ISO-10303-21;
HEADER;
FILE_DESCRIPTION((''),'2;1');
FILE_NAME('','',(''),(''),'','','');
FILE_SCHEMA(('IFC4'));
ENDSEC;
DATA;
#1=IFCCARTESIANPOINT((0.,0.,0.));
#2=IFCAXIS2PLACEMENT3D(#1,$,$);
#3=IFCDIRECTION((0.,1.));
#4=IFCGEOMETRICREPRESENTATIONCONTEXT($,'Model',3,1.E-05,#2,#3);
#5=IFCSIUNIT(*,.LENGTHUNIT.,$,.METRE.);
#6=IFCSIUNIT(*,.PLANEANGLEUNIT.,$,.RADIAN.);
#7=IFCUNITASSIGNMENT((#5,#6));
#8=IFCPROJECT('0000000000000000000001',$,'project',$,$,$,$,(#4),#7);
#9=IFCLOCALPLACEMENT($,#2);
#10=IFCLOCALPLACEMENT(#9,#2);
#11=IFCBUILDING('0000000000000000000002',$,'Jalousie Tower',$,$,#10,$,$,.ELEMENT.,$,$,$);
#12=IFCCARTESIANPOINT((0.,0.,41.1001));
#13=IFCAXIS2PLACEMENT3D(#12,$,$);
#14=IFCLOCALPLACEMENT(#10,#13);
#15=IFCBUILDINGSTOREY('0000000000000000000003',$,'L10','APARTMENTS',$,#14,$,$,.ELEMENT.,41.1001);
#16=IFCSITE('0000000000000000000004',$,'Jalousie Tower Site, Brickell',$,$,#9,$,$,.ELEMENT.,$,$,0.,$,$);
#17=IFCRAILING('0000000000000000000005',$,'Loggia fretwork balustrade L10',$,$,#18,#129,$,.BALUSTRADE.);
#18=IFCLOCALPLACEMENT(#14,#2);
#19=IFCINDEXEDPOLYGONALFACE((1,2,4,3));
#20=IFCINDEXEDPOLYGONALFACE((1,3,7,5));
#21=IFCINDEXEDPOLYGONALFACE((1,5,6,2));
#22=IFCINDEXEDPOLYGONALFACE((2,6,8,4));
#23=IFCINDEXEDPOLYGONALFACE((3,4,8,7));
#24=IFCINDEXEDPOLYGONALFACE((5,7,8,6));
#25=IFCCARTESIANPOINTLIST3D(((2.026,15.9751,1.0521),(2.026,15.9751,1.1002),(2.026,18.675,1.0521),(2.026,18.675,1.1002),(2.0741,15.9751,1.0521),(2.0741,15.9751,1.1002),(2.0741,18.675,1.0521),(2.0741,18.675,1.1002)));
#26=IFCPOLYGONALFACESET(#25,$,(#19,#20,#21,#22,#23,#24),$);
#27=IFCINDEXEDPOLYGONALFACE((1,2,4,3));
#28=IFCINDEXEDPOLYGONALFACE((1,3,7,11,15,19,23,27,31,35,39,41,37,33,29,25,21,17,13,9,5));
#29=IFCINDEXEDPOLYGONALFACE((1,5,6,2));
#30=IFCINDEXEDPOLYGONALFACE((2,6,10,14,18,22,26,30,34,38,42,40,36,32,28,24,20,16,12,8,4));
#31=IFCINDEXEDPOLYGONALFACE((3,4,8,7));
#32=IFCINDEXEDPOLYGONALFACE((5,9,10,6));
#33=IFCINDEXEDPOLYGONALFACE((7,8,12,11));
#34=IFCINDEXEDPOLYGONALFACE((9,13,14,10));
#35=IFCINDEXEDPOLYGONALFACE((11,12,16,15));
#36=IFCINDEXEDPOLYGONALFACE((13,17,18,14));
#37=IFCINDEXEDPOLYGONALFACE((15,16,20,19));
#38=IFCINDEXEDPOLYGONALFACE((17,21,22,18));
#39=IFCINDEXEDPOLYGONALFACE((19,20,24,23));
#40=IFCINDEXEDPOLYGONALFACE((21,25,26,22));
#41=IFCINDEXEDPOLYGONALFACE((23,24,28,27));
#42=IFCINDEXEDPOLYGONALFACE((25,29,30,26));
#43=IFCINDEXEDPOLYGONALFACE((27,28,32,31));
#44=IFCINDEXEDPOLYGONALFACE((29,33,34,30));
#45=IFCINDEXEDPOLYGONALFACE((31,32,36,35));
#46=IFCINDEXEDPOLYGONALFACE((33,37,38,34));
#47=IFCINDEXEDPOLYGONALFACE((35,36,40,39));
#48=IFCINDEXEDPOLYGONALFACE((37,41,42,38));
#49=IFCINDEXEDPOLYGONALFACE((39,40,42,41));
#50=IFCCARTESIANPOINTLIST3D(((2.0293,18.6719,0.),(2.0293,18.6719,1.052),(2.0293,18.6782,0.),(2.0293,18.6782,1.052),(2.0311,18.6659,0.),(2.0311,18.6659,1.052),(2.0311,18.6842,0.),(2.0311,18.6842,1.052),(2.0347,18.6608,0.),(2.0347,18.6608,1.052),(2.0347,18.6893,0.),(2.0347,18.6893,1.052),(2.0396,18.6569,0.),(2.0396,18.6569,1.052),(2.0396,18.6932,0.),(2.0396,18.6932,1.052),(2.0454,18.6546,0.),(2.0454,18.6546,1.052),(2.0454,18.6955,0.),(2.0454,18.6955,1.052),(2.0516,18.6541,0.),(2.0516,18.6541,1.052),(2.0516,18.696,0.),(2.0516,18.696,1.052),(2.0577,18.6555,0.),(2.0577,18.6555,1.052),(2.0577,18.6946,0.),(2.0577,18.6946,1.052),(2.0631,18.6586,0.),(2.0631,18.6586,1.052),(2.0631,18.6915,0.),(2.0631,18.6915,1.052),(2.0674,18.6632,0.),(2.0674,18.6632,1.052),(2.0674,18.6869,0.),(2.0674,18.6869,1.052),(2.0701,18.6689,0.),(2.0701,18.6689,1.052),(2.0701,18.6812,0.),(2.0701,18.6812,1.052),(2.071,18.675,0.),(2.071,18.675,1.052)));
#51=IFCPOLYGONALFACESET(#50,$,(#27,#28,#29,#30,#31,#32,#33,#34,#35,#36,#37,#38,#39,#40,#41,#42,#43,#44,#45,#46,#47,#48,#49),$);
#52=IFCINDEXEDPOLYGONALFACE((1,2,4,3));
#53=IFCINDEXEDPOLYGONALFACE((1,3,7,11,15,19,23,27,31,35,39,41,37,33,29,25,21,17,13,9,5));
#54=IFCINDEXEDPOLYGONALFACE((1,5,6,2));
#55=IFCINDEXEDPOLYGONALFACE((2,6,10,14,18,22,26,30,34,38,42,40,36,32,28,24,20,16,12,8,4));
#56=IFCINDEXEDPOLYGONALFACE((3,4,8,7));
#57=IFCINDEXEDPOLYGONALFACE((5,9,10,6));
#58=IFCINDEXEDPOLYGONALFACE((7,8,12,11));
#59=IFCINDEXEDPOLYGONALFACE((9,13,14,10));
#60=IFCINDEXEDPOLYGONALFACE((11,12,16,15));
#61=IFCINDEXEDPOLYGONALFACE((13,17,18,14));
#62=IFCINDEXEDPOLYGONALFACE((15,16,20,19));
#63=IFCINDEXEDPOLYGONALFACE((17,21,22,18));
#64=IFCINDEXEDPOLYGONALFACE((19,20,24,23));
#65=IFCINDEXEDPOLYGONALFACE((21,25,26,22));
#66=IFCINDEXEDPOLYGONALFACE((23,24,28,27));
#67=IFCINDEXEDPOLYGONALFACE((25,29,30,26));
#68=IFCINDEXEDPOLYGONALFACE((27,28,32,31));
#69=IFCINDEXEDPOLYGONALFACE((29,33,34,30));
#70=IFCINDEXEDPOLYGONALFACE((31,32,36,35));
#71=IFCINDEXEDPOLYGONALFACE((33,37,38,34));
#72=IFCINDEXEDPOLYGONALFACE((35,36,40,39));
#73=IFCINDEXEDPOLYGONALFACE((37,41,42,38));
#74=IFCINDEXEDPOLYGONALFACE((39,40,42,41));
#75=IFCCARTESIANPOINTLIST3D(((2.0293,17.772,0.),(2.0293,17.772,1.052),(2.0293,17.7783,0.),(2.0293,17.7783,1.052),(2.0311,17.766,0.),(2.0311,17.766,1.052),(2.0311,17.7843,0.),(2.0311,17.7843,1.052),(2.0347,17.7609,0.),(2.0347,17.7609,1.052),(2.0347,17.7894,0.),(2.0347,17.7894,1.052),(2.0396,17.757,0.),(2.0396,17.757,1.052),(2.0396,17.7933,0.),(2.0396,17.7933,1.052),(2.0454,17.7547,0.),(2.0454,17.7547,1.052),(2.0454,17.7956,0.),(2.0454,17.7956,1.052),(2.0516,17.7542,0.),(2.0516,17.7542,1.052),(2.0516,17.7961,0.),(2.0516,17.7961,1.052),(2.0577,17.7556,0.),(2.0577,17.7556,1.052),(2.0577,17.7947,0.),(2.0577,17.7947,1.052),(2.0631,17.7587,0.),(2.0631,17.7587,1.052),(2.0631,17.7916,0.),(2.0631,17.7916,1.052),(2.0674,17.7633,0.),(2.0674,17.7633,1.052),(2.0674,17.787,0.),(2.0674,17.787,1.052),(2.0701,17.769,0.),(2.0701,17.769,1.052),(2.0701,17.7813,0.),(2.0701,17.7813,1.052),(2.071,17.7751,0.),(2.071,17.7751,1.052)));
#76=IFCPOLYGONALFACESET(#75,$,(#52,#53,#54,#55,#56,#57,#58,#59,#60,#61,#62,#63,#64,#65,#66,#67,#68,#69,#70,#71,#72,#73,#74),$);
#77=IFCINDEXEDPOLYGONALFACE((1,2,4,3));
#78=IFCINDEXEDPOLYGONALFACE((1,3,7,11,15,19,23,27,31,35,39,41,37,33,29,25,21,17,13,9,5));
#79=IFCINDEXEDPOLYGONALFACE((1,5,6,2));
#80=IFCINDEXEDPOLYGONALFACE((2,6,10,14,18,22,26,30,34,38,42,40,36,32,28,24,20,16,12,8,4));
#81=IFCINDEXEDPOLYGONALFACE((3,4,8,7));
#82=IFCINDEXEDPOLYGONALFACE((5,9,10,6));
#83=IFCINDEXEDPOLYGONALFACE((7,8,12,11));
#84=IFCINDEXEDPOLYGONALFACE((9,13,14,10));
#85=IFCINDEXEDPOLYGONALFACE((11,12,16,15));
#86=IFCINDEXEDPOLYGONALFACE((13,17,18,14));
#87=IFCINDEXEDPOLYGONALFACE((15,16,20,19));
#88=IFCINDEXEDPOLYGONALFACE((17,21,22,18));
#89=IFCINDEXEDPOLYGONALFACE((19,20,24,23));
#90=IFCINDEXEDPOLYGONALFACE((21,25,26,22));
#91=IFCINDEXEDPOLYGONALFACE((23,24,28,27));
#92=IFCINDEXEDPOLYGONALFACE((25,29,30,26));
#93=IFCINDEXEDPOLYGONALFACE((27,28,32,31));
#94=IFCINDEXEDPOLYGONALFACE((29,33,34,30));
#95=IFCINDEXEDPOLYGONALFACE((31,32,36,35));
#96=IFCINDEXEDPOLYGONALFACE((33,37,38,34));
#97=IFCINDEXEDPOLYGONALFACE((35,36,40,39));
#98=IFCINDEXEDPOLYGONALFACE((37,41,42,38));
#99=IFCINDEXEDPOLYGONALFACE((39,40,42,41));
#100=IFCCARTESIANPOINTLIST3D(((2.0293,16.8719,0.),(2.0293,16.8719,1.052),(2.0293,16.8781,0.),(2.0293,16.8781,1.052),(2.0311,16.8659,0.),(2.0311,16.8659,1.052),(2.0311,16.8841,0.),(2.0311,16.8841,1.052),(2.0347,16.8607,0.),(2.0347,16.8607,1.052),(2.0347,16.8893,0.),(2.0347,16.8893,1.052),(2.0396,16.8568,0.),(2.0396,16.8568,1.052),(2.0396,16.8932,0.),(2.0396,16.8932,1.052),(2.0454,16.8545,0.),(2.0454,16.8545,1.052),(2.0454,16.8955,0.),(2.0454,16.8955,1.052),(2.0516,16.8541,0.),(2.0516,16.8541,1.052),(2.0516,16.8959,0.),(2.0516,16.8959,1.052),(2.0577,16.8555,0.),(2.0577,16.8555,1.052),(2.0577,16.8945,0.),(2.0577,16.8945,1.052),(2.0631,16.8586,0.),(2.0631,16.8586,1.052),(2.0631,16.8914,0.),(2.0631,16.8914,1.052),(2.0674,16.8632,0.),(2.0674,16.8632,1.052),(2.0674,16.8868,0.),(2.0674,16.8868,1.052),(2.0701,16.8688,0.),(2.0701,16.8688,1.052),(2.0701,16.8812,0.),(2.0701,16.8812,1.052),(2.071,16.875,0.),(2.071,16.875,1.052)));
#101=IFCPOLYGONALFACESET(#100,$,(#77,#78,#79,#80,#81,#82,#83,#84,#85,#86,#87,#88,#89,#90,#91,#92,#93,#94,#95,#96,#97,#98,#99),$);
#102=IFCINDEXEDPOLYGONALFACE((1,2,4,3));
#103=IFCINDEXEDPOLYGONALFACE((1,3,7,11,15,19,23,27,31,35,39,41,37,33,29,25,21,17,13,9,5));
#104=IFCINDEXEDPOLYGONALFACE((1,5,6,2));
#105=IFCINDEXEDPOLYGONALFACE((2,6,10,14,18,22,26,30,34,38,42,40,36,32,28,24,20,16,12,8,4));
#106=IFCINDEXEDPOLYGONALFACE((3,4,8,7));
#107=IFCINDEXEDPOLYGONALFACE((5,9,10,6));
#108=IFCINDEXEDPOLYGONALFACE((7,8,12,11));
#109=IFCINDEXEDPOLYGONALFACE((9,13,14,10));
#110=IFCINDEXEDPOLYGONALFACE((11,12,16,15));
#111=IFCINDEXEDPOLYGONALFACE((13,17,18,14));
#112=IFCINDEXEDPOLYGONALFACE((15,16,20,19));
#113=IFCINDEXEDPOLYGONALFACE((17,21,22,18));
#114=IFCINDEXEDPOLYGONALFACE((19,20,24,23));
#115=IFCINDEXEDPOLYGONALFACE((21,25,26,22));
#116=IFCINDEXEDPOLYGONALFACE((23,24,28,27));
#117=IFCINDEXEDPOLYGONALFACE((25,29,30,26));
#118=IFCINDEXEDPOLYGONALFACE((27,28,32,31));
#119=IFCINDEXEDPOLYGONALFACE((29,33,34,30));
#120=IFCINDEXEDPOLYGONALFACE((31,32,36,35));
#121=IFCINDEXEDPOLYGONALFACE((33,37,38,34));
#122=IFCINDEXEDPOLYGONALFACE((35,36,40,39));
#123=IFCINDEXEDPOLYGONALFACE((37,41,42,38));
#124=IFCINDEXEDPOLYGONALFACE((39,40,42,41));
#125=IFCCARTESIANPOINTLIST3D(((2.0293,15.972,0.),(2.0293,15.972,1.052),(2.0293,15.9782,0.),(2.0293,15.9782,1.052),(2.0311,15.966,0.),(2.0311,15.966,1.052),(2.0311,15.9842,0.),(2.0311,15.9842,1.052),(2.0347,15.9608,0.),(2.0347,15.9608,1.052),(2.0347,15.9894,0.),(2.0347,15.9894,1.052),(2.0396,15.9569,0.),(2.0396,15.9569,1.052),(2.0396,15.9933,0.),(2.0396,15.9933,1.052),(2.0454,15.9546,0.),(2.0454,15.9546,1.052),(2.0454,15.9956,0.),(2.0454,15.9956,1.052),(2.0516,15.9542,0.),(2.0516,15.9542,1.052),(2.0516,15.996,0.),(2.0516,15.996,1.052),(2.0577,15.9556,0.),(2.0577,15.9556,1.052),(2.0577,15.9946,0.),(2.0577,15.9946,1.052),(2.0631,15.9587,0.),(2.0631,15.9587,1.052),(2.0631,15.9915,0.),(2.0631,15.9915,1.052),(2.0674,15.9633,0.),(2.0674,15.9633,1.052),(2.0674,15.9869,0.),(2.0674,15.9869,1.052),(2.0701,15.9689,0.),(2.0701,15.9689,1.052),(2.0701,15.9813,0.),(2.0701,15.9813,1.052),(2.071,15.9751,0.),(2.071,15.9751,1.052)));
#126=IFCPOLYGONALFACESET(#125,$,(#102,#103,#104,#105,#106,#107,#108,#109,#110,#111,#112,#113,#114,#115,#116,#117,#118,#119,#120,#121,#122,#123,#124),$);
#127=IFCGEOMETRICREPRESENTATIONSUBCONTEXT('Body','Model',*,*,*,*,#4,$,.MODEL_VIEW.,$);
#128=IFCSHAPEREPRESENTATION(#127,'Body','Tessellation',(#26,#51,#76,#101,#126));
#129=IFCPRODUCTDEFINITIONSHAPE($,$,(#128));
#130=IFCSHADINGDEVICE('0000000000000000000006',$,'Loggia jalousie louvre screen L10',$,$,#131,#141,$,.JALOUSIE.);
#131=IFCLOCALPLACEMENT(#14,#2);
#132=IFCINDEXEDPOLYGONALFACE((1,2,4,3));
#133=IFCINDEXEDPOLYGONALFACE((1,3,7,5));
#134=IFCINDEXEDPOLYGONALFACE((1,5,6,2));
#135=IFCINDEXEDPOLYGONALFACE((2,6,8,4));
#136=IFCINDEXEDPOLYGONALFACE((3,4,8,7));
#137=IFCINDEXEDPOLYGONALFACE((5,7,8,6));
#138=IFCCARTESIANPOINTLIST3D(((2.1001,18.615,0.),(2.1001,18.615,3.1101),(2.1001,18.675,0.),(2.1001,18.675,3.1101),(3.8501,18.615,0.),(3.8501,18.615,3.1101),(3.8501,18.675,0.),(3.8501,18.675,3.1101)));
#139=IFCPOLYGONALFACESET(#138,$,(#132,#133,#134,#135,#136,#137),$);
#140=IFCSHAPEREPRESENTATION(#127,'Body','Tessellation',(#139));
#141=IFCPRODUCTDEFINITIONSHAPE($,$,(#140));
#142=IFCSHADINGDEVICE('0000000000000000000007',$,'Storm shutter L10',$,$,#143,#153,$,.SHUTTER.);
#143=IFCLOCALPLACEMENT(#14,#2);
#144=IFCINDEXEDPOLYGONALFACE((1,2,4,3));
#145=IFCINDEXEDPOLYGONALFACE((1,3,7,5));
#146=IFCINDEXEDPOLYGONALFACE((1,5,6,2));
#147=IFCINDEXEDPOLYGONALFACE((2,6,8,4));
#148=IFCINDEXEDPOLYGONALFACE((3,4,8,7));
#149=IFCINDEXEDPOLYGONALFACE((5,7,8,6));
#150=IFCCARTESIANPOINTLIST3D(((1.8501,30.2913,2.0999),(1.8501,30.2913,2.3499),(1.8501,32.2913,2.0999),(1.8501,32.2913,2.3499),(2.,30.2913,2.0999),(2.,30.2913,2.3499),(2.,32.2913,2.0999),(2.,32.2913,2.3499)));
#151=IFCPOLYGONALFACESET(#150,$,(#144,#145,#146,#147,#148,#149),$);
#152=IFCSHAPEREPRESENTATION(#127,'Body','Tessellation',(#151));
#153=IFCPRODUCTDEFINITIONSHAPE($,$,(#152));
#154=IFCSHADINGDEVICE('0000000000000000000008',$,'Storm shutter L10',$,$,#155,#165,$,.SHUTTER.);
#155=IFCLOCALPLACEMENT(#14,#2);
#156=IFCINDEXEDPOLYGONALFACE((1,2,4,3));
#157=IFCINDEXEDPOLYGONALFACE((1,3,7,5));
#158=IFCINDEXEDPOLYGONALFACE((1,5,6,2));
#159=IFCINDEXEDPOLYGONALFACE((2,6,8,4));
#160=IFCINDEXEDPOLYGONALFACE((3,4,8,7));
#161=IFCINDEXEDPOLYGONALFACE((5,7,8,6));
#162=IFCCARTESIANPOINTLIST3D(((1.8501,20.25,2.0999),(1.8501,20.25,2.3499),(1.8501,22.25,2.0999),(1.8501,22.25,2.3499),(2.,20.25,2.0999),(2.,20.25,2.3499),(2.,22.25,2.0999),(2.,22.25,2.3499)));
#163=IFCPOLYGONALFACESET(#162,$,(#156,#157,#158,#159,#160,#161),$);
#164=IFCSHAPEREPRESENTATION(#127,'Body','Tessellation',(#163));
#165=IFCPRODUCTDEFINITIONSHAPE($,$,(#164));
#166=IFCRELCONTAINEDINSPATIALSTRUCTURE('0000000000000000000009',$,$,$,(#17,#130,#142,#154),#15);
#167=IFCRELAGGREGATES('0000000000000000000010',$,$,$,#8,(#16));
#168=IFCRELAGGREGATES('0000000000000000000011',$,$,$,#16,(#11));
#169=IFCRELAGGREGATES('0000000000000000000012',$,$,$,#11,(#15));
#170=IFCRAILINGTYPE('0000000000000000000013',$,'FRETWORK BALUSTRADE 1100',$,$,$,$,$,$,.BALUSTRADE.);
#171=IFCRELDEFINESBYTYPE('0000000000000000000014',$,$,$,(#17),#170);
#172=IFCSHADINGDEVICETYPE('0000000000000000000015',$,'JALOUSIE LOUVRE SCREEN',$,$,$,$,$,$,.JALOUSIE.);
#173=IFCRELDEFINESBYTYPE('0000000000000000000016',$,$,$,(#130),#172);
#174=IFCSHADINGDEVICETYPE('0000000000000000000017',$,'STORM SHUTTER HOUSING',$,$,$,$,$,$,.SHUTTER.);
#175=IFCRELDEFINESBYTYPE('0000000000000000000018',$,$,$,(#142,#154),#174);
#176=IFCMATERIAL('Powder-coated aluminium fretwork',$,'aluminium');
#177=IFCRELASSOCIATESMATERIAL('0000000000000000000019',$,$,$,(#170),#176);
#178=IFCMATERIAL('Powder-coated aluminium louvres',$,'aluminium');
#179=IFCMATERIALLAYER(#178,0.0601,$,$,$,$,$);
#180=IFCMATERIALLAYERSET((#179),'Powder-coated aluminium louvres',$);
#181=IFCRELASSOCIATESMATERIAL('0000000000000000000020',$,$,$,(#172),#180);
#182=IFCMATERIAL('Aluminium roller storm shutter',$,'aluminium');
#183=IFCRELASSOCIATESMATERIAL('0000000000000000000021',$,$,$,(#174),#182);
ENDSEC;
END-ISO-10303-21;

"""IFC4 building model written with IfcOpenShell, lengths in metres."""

from ifc_helpers import new_model, si_unit, direction, frame, origin, origin_2d, place, context, subcontext, project, spatial, rectangle, circle, extrude, material, layer, layer_set, type_object, element, save


model = new_model("IFC4")

# Units and contexts
model_context = context("Model", 3, precision=1e-05, world=origin(), true_north=direction((0.0, 1.0)))
body_context = subcontext(model_context, "Body", "Model", "MODEL_VIEW")
ifc_project = project(units=[si_unit("LENGTHUNIT", "METRE"), si_unit("PLANEANGLEUNIT", "RADIAN")], contexts=[model_context])

# Site, building, storey
site_placement = place(None, origin())
site = spatial("IfcSite", under=ifc_project, at=site_placement, Name="Jalousie Tower Site, Brickell", CompositionType="ELEMENT", RefElevation=0.0)
building_placement = place(site_placement, origin())
building = spatial("IfcBuilding", under=site, at=building_placement, Name="Jalousie Tower", CompositionType="ELEMENT")
storey_placement = place(building_placement, frame((0.0, 0.0, 41.1001)))
storey = spatial("IfcBuildingStorey", under=building, at=storey_placement, Name="L10", Description="APARTMENTS", CompositionType="ELEMENT", Elevation=41.1001)

# Railing
ifc_material_1 = material(Name="Powder-coated aluminium fretwork", Category="aluminium")
railing_type = type_object("IfcRailingType", Name="FRETWORK BALUSTRADE 1100", PredefinedType="BALUSTRADE", material=ifc_material_1)
railing_placement = place(storey_placement, frame((2.05, 18.675, 0.0)))
element("IfcRailing", 1, at=railing_placement, inside=storey, type_object=railing_type, Name="Loggia fretwork balustrade L10", PredefinedType="BALUSTRADE", context=body_context, shape_type="SweptSolid", body=[
    extrude(rectangle(XDim=0.0481, YDim=0.0481, at=origin_2d()), frame((0.0, 0.0, 1.0762), z_axis=(0.0, -1.0, 0.0), x_axis=(1.0, 0.0, 0.0)), (0.0, 0.0, 1.0), 2.7),
    extrude(circle(Radius=0.021, at=origin_2d()), origin(), (0.0, 0.0, 1.0), 1.052),
    extrude(circle(Radius=0.021, at=origin_2d()), frame((0.0, -0.8999, 0.0)), (0.0, 0.0, 1.0), 1.052),
    extrude(circle(Radius=0.021, at=origin_2d()), frame((0.0, -1.8, 0.0)), (0.0, 0.0, 1.0), 1.052),
    extrude(circle(Radius=0.021, at=origin_2d()), frame((0.0, -2.7, 0.0)), (0.0, 0.0, 1.0), 1.052),
])

# Shading devices
ifc_material_2 = material(Name="Powder-coated aluminium louvres", Category="aluminium")
ifc_layer_1 = layer(ifc_material_2, 0.0601)
ifc_layer_set_1 = layer_set([ifc_layer_1], Name="Powder-coated aluminium louvres")
shading_device_type_1 = type_object("IfcShadingDeviceType", Name="JALOUSIE LOUVRE SCREEN", PredefinedType="JALOUSIE", material=ifc_layer_set_1)
shading_device_placement = place(storey_placement, frame((2.9751, 18.645, 0.0), z_axis=(0.0, 0.0, 1.0), x_axis=(0.0, -1.0, 0.0)))
element("IfcShadingDevice", 2, at=shading_device_placement, inside=storey, type_object=shading_device_type_1, Name="Loggia jalousie louvre screen L10", PredefinedType="JALOUSIE", context=body_context, shape_type="SweptSolid", body=[
    extrude(rectangle(XDim=0.0601, YDim=1.75, at=origin_2d()), origin(), (0.0, 0.0, 1.0), 3.1101),
])
ifc_material_3 = material(Name="Aluminium roller storm shutter", Category="aluminium")
shading_device_type_2 = type_object("IfcShadingDeviceType", Name="STORM SHUTTER HOUSING", PredefinedType="SHUTTER", material=ifc_material_3)
for number, where, z_axis, x_axis, name in (
    (3, (1.925, 31.2913, 2.0999), (0.0, 0.0, 1.0), (0.0, -1.0, 0.0), "Storm shutter L10"),
    (4, (1.925, 21.25, 2.0999), (0.0, 0.0, 1.0), (0.0, -1.0, 0.0), "Storm shutter L10"),
):
    element("IfcShadingDevice", number, at=place(storey_placement, frame(where, z_axis=z_axis, x_axis=x_axis)), inside=storey, type_object=shading_device_type_2, Name=name, PredefinedType="SHUTTER", context=body_context, shape_type="SweptSolid", body=[
        extrude(rectangle(XDim=2.0, YDim=0.1499, at=origin_2d()), origin(), (0.0, 0.0, 1.0), 0.25),
    ])

save(model, "model.ifc")
